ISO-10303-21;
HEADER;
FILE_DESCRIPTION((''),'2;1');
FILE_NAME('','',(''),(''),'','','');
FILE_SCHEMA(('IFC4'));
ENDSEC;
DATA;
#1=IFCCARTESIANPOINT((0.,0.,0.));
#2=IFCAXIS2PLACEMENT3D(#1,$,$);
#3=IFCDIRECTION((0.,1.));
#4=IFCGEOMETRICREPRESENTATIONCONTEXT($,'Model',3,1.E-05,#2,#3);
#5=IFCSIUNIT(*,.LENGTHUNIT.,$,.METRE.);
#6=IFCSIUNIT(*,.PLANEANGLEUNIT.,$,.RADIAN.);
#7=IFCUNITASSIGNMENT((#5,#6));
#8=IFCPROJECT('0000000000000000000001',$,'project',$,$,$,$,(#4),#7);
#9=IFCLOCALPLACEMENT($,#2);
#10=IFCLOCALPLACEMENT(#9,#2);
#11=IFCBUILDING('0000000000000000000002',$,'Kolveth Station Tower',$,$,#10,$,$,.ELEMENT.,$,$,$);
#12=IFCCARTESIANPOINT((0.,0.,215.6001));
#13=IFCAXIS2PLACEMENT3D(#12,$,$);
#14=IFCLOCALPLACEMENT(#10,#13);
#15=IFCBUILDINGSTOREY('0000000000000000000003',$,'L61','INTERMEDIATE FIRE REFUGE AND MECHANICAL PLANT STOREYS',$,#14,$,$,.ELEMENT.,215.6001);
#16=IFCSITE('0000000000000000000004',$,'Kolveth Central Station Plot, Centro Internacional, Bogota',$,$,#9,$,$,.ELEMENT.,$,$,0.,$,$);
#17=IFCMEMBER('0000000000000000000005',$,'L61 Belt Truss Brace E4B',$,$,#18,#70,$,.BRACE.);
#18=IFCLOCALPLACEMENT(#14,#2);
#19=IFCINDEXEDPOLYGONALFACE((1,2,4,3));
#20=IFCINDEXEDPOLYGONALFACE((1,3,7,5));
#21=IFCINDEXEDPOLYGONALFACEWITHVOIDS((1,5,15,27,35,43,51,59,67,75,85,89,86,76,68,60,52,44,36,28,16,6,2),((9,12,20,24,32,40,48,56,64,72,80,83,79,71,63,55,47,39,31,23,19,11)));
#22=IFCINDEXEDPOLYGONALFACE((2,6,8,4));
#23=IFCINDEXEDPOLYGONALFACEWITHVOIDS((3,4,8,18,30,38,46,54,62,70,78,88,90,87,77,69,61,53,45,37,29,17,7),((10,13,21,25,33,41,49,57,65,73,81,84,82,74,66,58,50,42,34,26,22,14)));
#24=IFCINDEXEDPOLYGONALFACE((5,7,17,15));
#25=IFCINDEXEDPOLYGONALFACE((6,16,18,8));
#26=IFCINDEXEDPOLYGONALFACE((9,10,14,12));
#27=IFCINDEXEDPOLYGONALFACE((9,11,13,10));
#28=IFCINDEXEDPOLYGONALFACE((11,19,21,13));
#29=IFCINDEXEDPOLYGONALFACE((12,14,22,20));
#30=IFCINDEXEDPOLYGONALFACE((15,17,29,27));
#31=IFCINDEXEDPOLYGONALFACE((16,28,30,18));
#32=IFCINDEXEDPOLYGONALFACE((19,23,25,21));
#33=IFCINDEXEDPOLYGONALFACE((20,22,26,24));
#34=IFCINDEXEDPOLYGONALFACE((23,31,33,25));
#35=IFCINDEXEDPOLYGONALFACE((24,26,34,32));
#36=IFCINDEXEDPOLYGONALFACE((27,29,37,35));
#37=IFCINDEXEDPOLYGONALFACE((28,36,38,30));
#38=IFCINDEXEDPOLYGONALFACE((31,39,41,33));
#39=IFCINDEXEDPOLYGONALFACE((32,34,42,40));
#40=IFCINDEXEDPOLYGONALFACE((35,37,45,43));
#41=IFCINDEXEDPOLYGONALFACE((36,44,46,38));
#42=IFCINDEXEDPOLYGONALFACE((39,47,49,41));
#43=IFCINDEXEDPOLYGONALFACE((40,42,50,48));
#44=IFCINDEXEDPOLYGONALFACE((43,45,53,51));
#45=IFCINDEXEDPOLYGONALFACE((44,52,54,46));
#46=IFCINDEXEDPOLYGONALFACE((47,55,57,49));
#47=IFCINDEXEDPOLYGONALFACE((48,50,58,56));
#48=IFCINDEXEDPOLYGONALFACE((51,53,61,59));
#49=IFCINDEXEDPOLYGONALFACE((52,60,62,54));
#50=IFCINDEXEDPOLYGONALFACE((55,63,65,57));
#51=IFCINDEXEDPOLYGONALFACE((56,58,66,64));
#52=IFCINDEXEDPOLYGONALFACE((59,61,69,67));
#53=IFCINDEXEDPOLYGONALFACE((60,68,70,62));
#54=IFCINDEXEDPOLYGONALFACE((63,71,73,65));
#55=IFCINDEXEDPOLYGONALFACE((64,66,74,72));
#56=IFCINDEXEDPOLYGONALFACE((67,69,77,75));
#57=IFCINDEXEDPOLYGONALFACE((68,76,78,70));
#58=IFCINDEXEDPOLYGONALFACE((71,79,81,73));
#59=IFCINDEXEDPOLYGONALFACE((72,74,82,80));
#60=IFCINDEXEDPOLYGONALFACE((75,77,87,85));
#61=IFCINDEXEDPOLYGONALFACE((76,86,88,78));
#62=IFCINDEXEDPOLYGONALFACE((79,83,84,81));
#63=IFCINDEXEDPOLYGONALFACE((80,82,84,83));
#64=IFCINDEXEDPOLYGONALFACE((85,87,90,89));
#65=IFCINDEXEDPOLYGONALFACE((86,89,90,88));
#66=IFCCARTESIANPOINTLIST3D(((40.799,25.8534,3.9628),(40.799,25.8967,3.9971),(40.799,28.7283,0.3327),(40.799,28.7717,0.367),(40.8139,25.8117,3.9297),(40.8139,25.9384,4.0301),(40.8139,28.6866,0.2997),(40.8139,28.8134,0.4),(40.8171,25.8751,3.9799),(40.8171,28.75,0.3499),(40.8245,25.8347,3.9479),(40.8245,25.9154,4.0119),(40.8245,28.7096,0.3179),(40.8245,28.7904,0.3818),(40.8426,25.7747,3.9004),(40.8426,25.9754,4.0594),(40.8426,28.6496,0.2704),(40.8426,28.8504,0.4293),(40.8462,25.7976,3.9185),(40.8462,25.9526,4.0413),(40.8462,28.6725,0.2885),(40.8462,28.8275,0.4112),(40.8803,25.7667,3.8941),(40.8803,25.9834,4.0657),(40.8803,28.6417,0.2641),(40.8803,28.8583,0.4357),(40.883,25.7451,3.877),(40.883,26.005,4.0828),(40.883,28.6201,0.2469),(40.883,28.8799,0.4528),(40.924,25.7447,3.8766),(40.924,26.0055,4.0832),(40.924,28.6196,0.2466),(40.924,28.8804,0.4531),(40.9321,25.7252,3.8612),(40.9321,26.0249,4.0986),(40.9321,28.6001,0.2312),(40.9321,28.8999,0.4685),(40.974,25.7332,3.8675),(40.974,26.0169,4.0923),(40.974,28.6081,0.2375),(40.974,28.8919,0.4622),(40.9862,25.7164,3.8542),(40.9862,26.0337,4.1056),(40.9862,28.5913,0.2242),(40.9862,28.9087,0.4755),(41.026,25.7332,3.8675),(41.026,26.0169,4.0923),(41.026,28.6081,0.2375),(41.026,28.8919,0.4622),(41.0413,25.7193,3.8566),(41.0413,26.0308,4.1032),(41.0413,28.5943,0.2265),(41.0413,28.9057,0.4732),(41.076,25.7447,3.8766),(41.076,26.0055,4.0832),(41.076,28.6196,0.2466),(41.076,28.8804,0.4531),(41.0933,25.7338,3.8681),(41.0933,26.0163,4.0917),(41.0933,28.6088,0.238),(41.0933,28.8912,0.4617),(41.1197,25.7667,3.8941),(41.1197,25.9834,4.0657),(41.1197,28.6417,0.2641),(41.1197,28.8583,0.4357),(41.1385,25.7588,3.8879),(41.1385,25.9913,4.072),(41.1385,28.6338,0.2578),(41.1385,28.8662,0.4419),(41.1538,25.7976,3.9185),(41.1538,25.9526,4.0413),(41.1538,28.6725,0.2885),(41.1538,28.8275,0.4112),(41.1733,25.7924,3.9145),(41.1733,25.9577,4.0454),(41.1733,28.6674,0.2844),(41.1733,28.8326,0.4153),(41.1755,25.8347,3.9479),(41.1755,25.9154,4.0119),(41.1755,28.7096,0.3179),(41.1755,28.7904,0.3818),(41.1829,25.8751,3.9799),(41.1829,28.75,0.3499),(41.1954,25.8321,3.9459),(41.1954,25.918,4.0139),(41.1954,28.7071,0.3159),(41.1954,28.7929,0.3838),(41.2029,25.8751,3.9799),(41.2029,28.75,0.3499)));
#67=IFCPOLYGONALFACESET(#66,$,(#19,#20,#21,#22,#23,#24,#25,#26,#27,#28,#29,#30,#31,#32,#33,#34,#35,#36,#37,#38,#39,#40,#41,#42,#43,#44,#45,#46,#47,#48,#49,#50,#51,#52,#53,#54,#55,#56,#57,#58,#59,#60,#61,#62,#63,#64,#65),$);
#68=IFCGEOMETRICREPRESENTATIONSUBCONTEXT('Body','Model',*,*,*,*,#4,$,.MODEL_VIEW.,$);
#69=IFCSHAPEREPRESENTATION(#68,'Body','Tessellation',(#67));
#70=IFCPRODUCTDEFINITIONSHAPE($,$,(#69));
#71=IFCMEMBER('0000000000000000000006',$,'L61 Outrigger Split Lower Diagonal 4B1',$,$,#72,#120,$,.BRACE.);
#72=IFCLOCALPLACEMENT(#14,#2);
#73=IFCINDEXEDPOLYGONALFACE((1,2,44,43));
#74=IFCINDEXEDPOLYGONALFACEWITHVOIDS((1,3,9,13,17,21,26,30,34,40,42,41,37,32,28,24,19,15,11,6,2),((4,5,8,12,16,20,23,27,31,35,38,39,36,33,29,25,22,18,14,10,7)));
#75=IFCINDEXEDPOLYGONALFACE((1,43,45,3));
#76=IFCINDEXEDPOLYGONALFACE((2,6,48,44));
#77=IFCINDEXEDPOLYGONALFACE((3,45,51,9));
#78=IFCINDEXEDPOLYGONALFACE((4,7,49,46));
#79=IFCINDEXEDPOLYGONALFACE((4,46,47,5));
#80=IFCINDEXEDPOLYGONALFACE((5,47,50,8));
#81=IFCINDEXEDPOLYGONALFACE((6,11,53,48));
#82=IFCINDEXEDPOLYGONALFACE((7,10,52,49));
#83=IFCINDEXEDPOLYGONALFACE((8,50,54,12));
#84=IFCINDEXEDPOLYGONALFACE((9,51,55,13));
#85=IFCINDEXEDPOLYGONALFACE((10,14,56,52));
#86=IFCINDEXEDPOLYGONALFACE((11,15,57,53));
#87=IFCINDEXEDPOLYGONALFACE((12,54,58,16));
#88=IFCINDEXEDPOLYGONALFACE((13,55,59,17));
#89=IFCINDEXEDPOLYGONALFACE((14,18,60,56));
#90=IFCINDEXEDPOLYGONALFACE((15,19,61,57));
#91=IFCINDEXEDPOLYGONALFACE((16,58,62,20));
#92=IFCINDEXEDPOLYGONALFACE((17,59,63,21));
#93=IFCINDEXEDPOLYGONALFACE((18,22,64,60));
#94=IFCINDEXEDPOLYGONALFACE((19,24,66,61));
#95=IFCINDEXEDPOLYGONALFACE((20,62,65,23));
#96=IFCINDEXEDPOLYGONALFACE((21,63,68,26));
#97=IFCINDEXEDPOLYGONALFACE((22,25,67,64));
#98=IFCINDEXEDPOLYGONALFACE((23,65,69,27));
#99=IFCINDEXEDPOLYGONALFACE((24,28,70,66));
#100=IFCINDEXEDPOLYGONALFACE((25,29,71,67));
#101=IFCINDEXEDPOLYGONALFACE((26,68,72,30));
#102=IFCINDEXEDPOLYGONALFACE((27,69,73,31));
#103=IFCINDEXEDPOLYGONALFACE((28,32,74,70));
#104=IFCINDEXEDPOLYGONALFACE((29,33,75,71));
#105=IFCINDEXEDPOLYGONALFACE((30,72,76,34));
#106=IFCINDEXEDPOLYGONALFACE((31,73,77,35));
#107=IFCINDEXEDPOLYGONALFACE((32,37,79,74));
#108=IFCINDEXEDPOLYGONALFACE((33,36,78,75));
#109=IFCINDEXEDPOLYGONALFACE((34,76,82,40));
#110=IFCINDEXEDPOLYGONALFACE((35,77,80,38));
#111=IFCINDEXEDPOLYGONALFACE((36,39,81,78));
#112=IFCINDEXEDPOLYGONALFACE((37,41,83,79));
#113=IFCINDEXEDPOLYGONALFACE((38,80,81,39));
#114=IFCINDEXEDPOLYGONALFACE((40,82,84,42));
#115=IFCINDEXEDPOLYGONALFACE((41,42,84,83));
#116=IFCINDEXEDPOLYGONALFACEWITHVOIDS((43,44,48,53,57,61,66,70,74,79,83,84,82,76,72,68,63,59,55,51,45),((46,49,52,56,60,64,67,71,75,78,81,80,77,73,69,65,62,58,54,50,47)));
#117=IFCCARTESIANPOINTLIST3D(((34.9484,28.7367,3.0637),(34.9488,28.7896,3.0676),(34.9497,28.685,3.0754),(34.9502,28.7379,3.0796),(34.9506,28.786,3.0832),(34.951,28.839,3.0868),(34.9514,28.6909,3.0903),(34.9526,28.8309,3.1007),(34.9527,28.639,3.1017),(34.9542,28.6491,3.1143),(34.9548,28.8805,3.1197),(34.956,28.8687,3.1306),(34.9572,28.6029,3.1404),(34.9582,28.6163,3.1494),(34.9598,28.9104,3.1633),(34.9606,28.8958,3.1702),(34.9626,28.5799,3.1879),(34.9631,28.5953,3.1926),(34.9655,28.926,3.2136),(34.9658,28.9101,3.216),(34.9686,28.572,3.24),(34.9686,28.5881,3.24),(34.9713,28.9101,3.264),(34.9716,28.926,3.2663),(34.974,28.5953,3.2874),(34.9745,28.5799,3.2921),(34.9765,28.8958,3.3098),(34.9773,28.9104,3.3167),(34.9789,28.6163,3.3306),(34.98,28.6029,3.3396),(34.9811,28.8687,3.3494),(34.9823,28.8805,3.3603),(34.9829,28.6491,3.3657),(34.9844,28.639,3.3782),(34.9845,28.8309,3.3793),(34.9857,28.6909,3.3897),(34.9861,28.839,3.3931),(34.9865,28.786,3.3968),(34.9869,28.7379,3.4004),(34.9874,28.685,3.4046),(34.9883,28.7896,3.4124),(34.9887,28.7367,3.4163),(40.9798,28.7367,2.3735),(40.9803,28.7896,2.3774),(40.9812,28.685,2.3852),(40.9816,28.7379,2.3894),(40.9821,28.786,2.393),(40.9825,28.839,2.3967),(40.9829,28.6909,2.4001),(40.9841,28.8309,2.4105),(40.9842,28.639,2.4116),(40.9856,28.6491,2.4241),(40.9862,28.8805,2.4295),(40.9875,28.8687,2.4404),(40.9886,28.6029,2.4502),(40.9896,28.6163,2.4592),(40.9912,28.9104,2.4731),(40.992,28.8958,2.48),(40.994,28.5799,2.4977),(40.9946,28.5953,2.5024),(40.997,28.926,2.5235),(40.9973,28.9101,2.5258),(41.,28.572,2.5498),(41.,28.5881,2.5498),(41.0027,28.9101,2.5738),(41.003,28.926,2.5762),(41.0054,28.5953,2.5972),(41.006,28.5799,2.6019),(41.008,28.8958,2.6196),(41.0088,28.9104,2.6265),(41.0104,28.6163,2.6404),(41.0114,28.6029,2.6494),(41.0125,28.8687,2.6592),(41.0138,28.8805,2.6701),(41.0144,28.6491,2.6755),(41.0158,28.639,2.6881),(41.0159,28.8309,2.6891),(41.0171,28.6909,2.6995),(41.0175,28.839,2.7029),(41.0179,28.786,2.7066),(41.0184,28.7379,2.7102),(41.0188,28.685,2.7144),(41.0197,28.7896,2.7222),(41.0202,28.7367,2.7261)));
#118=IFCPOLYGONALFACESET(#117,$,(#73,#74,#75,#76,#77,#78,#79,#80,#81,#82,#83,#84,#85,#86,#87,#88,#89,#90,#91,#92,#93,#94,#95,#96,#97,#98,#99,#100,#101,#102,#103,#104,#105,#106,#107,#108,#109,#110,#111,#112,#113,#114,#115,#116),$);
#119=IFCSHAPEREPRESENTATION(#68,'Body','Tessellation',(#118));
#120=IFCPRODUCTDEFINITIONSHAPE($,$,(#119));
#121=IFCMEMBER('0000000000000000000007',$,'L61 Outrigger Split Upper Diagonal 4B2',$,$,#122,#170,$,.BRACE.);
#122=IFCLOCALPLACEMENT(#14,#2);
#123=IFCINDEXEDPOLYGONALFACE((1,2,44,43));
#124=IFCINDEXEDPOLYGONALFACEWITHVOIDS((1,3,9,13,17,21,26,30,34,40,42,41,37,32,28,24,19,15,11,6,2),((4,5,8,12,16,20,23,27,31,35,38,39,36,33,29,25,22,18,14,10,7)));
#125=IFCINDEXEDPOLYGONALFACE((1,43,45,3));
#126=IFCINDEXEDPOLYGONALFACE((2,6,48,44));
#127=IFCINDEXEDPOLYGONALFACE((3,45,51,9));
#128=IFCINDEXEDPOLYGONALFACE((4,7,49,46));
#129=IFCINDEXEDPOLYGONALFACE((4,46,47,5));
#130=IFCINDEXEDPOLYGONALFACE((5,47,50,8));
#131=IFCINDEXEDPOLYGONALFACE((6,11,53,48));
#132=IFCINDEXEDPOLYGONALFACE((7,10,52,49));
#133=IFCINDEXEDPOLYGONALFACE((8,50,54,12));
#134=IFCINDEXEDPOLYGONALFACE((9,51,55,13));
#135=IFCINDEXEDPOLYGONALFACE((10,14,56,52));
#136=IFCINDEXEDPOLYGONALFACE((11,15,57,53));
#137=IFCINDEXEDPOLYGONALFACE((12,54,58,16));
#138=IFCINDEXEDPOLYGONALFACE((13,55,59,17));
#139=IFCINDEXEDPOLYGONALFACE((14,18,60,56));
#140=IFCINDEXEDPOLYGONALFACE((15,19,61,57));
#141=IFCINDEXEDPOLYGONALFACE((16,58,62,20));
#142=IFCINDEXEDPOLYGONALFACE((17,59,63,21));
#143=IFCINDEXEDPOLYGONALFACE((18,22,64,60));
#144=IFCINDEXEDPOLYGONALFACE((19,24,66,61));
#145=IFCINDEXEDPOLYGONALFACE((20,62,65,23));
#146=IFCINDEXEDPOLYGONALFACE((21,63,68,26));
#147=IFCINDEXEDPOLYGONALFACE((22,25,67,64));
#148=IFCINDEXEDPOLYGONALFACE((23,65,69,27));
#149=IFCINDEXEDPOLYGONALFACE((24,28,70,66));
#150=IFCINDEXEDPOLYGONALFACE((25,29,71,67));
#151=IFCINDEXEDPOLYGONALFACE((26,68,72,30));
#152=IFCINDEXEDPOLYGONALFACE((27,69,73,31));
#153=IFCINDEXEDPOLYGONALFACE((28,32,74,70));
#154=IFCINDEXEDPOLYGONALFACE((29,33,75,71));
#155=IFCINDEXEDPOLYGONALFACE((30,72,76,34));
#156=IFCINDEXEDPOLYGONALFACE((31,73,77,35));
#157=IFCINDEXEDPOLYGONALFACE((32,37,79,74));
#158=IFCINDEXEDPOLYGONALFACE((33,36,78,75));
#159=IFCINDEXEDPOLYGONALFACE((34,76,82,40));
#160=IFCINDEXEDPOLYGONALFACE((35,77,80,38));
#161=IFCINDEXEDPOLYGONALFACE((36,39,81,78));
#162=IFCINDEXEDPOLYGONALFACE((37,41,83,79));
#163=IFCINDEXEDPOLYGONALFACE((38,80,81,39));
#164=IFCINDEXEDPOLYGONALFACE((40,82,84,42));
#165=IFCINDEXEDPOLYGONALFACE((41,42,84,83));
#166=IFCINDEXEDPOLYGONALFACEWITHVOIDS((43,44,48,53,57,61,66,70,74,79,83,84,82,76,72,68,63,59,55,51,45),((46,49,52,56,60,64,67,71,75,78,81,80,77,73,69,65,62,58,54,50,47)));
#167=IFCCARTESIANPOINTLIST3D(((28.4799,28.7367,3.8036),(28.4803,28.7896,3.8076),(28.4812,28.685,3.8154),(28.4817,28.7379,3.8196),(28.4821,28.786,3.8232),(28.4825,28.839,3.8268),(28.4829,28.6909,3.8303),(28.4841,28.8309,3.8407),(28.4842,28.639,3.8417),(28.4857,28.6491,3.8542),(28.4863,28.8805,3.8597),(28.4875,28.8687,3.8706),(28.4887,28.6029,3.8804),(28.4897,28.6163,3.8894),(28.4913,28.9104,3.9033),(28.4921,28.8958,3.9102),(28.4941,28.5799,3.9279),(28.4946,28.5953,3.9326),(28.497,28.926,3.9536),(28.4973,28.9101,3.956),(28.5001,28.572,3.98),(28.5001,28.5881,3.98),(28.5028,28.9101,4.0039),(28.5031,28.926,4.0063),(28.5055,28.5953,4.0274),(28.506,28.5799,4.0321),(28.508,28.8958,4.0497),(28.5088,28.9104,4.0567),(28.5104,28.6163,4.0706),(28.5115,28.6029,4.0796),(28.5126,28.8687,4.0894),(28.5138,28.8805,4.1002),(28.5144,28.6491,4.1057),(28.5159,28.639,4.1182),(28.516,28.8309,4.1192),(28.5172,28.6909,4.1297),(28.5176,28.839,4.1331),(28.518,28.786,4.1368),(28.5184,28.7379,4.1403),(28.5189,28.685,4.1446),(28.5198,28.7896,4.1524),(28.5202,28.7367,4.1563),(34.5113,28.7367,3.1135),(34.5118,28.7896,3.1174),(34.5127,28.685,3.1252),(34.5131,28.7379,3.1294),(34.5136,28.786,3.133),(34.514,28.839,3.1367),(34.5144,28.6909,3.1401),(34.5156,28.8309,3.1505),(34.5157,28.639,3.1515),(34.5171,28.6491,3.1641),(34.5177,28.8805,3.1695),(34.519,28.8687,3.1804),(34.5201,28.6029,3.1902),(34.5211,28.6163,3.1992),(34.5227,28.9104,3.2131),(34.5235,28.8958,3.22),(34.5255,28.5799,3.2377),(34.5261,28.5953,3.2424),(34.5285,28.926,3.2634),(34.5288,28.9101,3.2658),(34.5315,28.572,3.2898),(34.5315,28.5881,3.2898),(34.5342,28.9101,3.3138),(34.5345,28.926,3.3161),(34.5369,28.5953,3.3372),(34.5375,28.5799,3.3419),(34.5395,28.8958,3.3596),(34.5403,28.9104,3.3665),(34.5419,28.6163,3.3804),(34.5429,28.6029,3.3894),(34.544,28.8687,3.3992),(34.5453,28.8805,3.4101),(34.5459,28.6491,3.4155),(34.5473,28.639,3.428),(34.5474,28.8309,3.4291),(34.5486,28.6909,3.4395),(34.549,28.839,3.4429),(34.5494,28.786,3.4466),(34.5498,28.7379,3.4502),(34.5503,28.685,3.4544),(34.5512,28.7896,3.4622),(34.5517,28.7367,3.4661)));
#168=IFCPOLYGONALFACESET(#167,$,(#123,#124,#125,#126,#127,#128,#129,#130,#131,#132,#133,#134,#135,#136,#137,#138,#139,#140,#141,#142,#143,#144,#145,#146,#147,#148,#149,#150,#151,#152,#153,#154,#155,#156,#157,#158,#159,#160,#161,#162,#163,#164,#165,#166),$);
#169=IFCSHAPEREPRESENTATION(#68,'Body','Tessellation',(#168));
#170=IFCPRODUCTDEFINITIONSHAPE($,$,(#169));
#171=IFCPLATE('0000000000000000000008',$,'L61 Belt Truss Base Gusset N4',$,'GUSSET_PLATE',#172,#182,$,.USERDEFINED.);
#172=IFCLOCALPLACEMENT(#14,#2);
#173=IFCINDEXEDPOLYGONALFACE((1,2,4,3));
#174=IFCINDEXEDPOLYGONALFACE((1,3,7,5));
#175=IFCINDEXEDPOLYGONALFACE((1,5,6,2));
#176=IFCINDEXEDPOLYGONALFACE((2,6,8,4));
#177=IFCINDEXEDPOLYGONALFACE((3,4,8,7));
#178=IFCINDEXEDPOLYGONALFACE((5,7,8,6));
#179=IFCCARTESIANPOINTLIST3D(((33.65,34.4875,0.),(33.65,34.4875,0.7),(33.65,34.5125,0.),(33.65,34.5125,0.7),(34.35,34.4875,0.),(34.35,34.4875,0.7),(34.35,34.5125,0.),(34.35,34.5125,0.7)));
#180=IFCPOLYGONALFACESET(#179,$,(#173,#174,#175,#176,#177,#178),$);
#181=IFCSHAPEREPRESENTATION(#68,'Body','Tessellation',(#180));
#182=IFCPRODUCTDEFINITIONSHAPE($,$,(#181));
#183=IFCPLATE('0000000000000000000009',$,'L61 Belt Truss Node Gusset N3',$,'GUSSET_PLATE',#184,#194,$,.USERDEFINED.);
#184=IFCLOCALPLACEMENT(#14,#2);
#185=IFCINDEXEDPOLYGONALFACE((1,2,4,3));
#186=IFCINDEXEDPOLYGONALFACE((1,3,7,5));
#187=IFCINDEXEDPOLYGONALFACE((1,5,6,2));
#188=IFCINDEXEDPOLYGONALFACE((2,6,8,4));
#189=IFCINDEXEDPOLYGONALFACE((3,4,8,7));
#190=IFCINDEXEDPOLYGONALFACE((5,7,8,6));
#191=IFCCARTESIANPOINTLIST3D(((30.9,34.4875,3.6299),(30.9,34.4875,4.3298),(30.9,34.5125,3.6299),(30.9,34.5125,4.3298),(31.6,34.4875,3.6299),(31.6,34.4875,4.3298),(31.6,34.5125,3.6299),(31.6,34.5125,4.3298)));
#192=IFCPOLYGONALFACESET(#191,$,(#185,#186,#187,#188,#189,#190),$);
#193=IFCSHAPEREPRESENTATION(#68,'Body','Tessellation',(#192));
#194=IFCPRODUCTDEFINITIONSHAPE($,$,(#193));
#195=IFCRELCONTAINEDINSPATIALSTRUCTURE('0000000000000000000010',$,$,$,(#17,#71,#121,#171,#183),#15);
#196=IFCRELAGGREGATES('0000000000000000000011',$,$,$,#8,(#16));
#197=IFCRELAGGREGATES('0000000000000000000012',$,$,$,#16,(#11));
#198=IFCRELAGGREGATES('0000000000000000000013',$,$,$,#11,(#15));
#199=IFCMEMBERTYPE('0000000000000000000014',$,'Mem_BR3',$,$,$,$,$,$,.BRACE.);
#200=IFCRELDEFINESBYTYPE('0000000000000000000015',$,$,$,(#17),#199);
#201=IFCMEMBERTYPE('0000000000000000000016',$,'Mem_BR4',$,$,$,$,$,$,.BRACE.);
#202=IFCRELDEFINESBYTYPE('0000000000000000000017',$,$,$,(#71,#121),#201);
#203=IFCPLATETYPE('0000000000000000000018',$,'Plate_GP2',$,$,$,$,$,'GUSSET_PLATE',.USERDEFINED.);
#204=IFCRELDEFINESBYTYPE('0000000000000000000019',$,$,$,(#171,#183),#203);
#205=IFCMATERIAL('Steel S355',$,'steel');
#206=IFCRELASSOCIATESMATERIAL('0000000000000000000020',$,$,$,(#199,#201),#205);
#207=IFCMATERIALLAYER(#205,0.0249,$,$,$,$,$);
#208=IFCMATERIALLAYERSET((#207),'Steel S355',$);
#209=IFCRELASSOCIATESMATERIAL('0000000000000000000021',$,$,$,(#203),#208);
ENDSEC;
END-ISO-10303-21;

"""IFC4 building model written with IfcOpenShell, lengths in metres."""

from ifc_helpers import new_model, si_unit, direction, frame, origin, origin_2d, place, context, subcontext, project, spatial, rectangle, hollow_circle, extrude, source, transform, mapped, material, layer, layer_set, material_profile, profile_set, type_object, element, save


model = new_model("IFC4")

# Units and contexts
model_context = context("Model", 3, precision=1e-05, world=origin(), true_north=direction((0.0, 1.0)))
body_context = subcontext(model_context, "Body", "Model", "MODEL_VIEW")
ifc_project = project(units=[si_unit("LENGTHUNIT", "METRE"), si_unit("PLANEANGLEUNIT", "RADIAN")], contexts=[model_context])

# Site, building, storey
site_placement = place(None, origin())
site = spatial("IfcSite", under=ifc_project, at=site_placement, Name="Kolveth Central Station Plot, Centro Internacional, Bogota", CompositionType="ELEMENT", RefElevation=0.0)
building_placement = place(site_placement, origin())
building = spatial("IfcBuilding", under=site, at=building_placement, Name="Kolveth Station Tower", CompositionType="ELEMENT")
storey_placement = place(building_placement, frame((0.0, 0.0, 215.6001)))
storey = spatial("IfcBuildingStorey", under=building, at=storey_placement, Name="L61", Description="INTERMEDIATE FIRE REFUGE AND MECHANICAL PLANT STOREYS", CompositionType="ELEMENT", Elevation=215.6001)

# Shared definitions
ifc_material_1 = material(Name="Steel S355", Category="steel")

# Members
ifc_material_profile_1 = material_profile(ifc_material_1, hollow_circle(Radius=0.2029, WallThickness=0.02, at=origin_2d()), Name="CHS406x20")
ifc_profile_set_1 = profile_set([ifc_material_profile_1], Name="Steel S355")
member_type_1 = type_object("IfcMemberType", Name="Mem_BR3", PredefinedType="BRACE", material=ifc_profile_set_1)
shared_shape_1 = source(origin(), body_context, "Body", "SweptSolid", [
    extrude(hollow_circle(Radius=0.2029, WallThickness=0.02, at=origin_2d()), origin(), (0.0, 0.0, 1.0), 4.6306),
])
for number, where, z_axis, x_axis, name in (
    (1, (41.0, 28.75, 0.3499), (0.0, -0.620856, 0.783925), (1.0, 0.0, 0.0), "L61 Belt Truss Brace E4B"),
):
    element("IfcMember", number, at=place(storey_placement, frame(where, z_axis=z_axis, x_axis=x_axis)), inside=storey, type_object=member_type_1, Name=name, PredefinedType="BRACE", context=body_context, shape_type="MappedRepresentation", body=[
        mapped(shared_shape_1, transform((0.0, 0.0, 0.0), x_axis=(1.0, 0.0, 0.0), y_axis=(0.0, 1.0, 0.0), z_axis=(0.0, 0.0, 1.0), scale=1.0)),
    ])
ifc_material_profile_2 = material_profile(ifc_material_1, hollow_circle(Radius=0.178, WallThickness=0.0161, at=origin_2d()), Name="CHS356x16")
ifc_profile_set_2 = profile_set([ifc_material_profile_2], Name="Steel S355")
member_type_2 = type_object("IfcMemberType", Name="Mem_BR4", PredefinedType="BRACE", material=ifc_profile_set_2)
shared_shape_2 = source(origin(), body_context, "Body", "SweptSolid", [
    extrude(hollow_circle(Radius=0.178, WallThickness=0.0161, at=origin_2d()), origin(), (0.0, 0.0, 1.0), 6.0708),
])
for number, where, z_axis, x_axis, name in (
    (2, (41.0, 28.75, 2.5498), (-0.993516, 0.0, 0.113688), (0.0, -1.0, 0.0), "L61 Outrigger Split Lower Diagonal 4B1"),
    (3, (34.5315, 28.75, 3.2898), (-0.993516, 0.0, 0.113688), (0.0, -1.0, 0.0), "L61 Outrigger Split Upper Diagonal 4B2"),
):
    element("IfcMember", number, at=place(storey_placement, frame(where, z_axis=z_axis, x_axis=x_axis)), inside=storey, type_object=member_type_2, Name=name, PredefinedType="BRACE", context=body_context, shape_type="MappedRepresentation", body=[
        mapped(shared_shape_2, transform((0.0, 0.0, 0.0), x_axis=(1.0, 0.0, 0.0), y_axis=(0.0, 1.0, 0.0), z_axis=(0.0, 0.0, 1.0), scale=1.0)),
    ])

# Plates
ifc_layer_1 = layer(ifc_material_1, 0.0249)
ifc_layer_set_1 = layer_set([ifc_layer_1], Name="Steel S355")
plate_type_1 = type_object("IfcPlateType", Name="Plate_GP2", ElementType="GUSSET_PLATE", PredefinedType="USERDEFINED", material=ifc_layer_set_1)
shared_shape_3 = source(origin(), body_context, "Body", "SweptSolid", [
    extrude(rectangle(XDim=0.7, YDim=0.0249, at=origin_2d()), origin(), (0.0, 0.0, 1.0), 0.7),
])
for number, where, z_axis, x_axis, name in (
    (4, (34.0, 34.5, 0.0), (0.0, 0.0, 1.0), (1.0, 0.0, 0.0), "L61 Belt Truss Base Gusset N4"),
    (5, (31.25, 34.5, 3.6299), (0.0, 0.0, 1.0), (1.0, 0.0, 0.0), "L61 Belt Truss Node Gusset N3"),
):
    element("IfcPlate", number, at=place(storey_placement, frame(where, z_axis=z_axis, x_axis=x_axis)), inside=storey, type_object=plate_type_1, Name=name, ObjectType="GUSSET_PLATE", PredefinedType="USERDEFINED", context=body_context, shape_type="MappedRepresentation", body=[
        mapped(shared_shape_3, transform((0.0, 0.0, 0.0), x_axis=(1.0, 0.0, 0.0), y_axis=(0.0, 1.0, 0.0), z_axis=(0.0, 0.0, 1.0), scale=1.0)),
    ])

save(model, "model.ifc")
